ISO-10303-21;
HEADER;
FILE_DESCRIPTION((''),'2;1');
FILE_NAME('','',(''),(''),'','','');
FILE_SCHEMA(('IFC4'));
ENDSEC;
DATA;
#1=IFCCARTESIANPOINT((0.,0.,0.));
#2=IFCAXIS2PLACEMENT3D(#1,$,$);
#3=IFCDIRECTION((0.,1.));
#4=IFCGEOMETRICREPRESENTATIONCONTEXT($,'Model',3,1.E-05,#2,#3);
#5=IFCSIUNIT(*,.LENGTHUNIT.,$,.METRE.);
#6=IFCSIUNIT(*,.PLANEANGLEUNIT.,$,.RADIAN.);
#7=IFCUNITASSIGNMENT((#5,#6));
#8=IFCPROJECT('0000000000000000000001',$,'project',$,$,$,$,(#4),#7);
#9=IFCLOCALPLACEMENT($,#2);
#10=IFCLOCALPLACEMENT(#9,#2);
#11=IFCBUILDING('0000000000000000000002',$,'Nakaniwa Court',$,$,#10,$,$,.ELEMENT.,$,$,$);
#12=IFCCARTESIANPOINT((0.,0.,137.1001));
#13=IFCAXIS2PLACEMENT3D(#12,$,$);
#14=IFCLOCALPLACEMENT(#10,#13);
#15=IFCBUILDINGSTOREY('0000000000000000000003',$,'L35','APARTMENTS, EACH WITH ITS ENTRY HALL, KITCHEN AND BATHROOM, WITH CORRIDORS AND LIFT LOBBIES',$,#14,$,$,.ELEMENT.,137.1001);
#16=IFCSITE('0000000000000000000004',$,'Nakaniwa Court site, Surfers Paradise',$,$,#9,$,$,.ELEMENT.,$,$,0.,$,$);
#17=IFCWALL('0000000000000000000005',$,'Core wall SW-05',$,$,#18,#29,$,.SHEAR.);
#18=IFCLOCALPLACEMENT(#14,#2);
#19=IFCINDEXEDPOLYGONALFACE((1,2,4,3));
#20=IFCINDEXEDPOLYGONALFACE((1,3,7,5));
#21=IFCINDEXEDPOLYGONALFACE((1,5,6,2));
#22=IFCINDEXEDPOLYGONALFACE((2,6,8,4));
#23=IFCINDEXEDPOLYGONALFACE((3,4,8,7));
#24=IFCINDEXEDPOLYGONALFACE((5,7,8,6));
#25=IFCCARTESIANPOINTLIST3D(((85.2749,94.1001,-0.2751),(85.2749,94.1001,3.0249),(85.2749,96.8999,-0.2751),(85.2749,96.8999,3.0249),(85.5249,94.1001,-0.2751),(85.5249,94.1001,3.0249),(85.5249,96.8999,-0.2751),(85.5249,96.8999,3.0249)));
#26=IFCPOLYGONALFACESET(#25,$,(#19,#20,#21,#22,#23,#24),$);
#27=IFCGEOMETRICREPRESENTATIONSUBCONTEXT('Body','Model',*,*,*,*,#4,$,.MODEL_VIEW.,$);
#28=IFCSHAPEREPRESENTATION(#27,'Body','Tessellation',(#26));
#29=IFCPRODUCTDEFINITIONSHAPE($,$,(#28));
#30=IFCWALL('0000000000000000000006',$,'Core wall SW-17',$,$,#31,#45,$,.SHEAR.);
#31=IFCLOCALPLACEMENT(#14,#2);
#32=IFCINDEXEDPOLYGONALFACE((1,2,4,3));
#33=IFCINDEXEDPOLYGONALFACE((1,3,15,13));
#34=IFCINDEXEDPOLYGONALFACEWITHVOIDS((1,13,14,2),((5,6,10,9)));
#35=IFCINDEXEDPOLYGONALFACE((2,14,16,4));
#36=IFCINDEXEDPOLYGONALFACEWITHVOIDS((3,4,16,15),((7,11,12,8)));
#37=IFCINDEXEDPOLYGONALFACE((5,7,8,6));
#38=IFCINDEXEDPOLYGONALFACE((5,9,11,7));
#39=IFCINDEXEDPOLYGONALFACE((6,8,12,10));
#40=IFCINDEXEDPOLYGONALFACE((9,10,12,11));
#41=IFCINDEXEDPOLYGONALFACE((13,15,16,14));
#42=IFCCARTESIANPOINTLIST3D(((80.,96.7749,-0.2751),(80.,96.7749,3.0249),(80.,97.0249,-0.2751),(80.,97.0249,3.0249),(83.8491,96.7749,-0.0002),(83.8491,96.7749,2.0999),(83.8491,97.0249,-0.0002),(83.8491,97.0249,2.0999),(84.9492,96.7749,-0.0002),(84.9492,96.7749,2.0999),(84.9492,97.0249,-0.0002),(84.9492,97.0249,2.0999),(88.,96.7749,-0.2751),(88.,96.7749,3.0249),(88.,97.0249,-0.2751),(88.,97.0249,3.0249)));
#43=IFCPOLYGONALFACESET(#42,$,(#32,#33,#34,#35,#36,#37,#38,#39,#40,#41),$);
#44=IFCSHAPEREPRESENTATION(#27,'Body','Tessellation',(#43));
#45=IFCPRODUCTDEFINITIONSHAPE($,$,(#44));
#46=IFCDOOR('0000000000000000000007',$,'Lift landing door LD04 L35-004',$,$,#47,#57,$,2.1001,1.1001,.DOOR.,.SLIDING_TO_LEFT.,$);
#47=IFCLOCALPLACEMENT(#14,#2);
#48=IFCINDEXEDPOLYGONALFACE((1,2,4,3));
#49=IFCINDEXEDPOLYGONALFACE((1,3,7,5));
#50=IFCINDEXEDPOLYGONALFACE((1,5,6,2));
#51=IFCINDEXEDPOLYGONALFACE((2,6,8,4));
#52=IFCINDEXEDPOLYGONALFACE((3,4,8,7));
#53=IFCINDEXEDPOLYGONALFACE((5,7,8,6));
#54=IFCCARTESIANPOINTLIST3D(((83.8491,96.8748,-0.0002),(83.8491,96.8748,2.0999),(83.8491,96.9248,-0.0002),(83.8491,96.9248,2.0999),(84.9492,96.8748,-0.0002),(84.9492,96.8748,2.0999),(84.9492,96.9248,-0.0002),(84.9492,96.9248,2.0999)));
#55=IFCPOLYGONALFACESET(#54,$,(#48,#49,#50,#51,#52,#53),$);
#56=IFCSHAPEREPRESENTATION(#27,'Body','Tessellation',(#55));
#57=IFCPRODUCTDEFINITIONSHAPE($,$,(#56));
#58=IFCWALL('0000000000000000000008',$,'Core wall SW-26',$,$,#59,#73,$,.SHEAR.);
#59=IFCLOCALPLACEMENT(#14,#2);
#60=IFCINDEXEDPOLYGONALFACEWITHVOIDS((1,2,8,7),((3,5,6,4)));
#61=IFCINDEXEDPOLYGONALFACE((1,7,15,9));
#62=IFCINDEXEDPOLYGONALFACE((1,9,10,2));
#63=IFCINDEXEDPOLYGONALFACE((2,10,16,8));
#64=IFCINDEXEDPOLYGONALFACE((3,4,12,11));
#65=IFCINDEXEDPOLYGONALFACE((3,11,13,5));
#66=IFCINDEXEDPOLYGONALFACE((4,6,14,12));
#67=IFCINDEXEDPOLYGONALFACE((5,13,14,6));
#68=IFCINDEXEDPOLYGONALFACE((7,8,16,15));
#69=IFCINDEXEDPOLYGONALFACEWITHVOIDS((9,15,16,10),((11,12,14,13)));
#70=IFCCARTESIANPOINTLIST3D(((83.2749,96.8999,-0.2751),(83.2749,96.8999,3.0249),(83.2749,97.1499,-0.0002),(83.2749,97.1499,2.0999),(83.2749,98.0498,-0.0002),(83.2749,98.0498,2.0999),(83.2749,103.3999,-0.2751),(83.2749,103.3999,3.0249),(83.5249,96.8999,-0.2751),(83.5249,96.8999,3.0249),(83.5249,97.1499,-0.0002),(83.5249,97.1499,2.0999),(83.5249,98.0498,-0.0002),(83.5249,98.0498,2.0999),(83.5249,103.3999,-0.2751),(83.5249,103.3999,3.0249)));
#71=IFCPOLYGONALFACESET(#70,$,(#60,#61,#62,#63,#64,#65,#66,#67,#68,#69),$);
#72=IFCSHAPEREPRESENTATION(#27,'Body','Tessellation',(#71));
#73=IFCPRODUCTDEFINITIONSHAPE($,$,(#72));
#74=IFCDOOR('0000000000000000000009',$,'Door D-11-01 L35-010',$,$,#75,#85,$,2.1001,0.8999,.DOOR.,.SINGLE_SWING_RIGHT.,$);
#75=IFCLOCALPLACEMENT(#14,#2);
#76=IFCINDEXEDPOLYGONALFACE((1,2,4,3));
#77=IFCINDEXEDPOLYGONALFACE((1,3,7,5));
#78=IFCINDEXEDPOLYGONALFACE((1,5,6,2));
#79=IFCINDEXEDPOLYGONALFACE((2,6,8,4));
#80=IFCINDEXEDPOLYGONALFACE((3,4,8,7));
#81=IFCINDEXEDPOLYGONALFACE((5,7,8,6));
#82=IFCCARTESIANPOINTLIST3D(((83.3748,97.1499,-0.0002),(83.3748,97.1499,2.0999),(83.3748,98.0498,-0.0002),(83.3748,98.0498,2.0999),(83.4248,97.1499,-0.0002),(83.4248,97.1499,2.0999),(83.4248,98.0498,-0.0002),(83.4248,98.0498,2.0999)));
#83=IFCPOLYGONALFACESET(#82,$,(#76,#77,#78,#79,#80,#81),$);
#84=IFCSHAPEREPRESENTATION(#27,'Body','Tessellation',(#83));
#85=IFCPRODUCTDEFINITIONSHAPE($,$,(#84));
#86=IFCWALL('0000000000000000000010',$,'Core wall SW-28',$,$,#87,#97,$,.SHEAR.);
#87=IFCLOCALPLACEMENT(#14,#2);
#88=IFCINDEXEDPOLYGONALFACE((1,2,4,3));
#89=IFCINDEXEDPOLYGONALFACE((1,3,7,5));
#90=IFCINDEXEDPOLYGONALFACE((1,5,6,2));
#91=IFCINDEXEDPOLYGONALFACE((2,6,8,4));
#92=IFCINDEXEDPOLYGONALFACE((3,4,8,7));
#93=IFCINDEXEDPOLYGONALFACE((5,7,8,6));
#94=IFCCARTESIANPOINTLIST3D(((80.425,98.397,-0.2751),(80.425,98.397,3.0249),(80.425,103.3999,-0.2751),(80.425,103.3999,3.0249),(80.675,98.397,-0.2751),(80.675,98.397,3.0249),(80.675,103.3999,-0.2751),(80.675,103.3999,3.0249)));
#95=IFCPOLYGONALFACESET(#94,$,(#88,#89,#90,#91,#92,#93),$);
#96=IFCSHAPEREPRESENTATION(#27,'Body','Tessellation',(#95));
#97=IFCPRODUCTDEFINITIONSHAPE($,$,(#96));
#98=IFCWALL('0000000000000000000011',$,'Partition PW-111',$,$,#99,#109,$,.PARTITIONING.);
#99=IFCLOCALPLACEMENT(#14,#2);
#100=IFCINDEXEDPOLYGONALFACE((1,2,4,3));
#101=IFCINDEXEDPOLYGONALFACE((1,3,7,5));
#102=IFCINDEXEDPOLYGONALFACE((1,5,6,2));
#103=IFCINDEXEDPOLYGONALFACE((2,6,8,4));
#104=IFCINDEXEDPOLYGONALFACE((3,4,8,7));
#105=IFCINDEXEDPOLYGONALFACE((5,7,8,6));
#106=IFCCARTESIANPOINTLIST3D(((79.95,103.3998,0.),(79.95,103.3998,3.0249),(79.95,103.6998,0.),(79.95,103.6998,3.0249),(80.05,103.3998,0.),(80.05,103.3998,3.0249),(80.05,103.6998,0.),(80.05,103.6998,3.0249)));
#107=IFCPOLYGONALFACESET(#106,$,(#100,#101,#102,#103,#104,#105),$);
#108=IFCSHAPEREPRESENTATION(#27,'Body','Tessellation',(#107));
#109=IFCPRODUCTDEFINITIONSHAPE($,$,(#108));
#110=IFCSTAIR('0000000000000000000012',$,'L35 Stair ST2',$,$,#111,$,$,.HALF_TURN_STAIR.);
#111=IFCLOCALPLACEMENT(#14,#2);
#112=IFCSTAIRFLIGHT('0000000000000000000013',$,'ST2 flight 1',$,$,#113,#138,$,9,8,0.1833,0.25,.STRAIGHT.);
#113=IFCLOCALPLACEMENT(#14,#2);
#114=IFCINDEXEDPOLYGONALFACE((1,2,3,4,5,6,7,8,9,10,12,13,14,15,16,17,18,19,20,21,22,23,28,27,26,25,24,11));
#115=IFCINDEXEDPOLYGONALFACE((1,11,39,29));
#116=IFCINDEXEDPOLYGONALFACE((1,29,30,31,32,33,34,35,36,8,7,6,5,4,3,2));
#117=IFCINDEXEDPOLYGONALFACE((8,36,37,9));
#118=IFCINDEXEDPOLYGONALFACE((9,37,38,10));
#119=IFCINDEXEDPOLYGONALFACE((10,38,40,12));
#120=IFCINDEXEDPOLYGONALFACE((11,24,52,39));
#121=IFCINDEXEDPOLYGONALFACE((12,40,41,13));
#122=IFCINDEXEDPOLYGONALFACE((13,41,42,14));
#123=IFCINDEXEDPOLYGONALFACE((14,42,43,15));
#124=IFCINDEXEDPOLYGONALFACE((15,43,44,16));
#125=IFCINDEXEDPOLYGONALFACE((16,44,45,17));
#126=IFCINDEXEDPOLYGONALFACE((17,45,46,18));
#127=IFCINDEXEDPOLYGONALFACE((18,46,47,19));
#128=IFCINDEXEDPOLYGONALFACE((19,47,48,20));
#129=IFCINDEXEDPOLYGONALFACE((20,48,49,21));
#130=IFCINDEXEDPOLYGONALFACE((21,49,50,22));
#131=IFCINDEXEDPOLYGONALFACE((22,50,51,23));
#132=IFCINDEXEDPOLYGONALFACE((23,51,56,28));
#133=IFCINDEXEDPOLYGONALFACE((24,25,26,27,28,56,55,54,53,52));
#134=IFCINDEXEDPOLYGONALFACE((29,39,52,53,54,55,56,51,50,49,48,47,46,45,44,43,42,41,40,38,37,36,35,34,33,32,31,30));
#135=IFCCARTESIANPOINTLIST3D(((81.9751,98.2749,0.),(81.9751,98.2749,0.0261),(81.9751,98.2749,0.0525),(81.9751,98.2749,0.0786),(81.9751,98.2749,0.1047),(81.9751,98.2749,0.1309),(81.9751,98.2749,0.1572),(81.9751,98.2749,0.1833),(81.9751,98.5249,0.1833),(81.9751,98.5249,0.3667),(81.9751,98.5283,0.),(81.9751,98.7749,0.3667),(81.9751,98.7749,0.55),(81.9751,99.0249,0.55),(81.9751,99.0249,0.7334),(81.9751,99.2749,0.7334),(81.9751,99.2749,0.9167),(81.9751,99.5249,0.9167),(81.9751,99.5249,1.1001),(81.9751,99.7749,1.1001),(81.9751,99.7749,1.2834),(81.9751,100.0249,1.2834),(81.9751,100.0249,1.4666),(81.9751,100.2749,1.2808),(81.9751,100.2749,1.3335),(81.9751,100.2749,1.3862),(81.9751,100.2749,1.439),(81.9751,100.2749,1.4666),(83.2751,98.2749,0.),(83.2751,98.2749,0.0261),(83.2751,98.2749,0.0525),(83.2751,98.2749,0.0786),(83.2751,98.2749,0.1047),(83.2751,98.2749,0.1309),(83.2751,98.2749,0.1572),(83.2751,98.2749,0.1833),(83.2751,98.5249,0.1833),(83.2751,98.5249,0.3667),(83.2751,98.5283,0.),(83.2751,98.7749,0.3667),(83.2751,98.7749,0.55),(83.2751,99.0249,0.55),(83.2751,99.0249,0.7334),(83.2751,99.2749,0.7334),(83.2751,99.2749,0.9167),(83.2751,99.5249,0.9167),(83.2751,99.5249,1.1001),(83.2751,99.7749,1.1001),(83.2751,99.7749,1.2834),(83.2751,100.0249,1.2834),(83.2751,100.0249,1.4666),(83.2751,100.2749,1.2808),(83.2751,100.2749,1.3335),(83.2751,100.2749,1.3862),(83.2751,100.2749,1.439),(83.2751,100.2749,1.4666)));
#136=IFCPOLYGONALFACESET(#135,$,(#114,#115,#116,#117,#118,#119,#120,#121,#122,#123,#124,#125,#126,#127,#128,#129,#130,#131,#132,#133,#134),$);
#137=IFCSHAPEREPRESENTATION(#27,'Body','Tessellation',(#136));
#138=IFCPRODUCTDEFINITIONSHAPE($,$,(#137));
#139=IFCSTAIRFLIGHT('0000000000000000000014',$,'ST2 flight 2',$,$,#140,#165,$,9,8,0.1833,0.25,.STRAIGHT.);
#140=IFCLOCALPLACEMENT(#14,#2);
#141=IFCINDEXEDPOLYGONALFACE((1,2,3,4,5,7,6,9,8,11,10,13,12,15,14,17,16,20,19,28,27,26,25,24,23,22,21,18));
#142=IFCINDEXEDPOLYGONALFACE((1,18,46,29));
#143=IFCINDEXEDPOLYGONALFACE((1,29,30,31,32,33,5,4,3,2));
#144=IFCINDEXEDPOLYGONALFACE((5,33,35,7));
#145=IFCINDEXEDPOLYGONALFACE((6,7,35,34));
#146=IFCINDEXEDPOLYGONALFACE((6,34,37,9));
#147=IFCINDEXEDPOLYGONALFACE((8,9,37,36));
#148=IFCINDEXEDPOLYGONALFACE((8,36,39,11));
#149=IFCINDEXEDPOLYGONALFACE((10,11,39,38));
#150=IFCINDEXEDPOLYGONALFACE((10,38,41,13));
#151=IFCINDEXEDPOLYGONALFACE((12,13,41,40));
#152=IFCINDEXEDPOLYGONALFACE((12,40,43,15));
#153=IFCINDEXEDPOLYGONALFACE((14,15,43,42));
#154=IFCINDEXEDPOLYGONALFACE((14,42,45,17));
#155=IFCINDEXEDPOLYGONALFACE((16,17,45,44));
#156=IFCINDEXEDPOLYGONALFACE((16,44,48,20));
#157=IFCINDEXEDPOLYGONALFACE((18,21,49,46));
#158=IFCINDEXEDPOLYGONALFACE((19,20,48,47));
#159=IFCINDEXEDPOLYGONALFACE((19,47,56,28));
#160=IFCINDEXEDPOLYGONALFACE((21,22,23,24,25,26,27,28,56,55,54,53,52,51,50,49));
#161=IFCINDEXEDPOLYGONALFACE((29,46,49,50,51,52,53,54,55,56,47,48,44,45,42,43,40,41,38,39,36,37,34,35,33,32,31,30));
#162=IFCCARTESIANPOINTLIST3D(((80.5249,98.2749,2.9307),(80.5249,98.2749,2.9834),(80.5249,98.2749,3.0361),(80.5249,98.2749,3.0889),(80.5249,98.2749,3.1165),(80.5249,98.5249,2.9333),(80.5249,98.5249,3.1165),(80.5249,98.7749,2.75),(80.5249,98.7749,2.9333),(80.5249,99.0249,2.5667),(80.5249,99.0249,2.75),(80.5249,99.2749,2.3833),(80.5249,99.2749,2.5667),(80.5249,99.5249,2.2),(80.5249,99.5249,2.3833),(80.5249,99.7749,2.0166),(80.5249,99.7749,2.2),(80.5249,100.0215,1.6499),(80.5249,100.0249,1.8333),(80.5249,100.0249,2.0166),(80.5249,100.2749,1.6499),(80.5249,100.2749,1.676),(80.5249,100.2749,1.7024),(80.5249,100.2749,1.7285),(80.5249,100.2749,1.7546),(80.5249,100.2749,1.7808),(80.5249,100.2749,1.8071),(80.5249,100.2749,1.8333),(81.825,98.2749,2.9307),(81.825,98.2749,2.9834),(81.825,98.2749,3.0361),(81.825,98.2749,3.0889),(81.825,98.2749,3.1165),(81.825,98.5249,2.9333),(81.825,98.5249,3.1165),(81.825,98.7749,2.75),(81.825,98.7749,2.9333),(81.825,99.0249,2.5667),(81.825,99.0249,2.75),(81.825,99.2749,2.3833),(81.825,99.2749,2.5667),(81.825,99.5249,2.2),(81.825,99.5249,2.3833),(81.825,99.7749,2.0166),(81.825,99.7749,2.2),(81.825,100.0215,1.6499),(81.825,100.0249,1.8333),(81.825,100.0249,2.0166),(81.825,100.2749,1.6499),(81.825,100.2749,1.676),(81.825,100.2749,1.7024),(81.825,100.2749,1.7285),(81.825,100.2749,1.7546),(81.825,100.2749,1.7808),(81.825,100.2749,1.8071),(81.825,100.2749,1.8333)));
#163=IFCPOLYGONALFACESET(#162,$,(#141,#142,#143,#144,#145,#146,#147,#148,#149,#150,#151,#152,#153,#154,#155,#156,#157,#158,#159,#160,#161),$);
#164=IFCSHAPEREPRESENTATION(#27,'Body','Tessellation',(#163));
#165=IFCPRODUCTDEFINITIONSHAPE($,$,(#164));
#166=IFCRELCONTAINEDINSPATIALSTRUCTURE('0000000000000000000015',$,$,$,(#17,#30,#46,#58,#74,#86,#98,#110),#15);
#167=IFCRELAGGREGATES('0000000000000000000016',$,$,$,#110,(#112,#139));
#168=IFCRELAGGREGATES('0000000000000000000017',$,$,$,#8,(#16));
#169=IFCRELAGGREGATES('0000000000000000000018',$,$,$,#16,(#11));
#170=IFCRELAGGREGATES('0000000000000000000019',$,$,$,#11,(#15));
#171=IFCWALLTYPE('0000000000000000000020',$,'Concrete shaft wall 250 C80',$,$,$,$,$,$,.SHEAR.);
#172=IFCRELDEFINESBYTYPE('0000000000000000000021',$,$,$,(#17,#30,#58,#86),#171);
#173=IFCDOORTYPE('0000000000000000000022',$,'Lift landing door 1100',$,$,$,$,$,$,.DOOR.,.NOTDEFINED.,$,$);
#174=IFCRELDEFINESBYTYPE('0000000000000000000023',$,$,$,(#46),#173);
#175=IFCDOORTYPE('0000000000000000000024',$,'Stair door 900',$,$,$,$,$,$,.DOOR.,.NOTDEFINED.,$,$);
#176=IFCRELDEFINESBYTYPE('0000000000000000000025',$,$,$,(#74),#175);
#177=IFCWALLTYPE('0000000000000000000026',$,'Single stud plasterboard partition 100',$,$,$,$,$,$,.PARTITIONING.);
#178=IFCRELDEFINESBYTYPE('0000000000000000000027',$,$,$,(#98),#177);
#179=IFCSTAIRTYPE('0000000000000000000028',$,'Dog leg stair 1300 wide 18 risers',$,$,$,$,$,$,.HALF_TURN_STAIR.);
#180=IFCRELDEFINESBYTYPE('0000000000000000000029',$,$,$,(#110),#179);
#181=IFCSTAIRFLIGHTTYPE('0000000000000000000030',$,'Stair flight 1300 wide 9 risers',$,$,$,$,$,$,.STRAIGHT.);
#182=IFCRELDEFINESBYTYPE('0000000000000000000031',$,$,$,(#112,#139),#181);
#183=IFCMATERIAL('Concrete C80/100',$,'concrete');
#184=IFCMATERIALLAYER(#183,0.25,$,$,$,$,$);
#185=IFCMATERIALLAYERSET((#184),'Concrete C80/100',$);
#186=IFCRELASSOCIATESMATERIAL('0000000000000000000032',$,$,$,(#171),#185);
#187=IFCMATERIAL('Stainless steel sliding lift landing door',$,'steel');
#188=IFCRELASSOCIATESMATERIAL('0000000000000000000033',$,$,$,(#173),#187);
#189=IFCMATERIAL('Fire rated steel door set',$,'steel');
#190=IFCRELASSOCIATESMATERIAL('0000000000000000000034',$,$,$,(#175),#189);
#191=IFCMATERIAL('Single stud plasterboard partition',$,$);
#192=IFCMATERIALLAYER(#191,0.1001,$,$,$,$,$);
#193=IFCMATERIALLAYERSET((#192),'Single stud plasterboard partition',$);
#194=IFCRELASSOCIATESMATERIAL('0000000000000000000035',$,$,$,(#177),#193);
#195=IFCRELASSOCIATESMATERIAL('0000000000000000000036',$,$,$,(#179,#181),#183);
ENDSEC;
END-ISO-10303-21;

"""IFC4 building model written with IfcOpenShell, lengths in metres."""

from ifc_helpers import new_model, si_unit, direction, frame, frame_2d, origin, place, context, subcontext, project, spatial, polyline, rectangle, outline, extrude, material, layer, layer_set, type_object, element, fill, aggregate, save


model = new_model("IFC4")

# Units and contexts
model_context = context("Model", 3, precision=1e-05, world=origin(), true_north=direction((0.0, 1.0)))
body_context = subcontext(model_context, "Body", "Model", "MODEL_VIEW")
ifc_project = project(units=[si_unit("LENGTHUNIT", "METRE"), si_unit("PLANEANGLEUNIT", "RADIAN")], contexts=[model_context])

# Site, building, storey
site_placement = place(None, origin())
site = spatial("IfcSite", under=ifc_project, at=site_placement, Name="Nakaniwa Court site, Surfers Paradise", CompositionType="ELEMENT", RefElevation=0.0)
building_placement = place(site_placement, origin())
building = spatial("IfcBuilding", under=site, at=building_placement, Name="Nakaniwa Court", CompositionType="ELEMENT")
storey_placement = place(building_placement, frame((0.0, 0.0, 137.1001)))
storey = spatial("IfcBuildingStorey", under=building, at=storey_placement, Name="L35", Description="APARTMENTS, EACH WITH ITS ENTRY HALL, KITCHEN AND BATHROOM, WITH CORRIDORS AND LIFT LOBBIES", CompositionType="ELEMENT", Elevation=137.1001)

# Shared definitions
ifc_material_1 = material(Name="Fire rated steel door set", Category="steel")

# Shared definitions
ifc_material_2 = material(Name="Concrete C80/100", Category="concrete")

# Wall
ifc_layer_1 = layer(ifc_material_2, 0.25)
ifc_layer_set_1 = layer_set([ifc_layer_1], Name="Concrete C80/100")
wall_type_1 = type_object("IfcWallType", Name="Concrete shaft wall 250 C80", PredefinedType="SHEAR", material=ifc_layer_set_1)
wall_1_placement = place(storey_placement, frame((85.3999, 94.1001, -0.2751), z_axis=(0.0, 0.0, 1.0), x_axis=(0.0, 1.0, 0.0)))
element("IfcWall", 1, at=wall_1_placement, inside=storey, type_object=wall_type_1, Name="Core wall SW-05", PredefinedType="SHEAR", context=body_context, shape_type="SweptSolid", body=[
    extrude(rectangle(XDim=2.7998, YDim=0.25, at=frame_2d((1.3999, 0.0))), origin(), (0.0, 0.0, 1.0), 3.3),
])

# Walls, openings, doors
wall_2_placement = place(storey_placement, frame((80.0, 96.8999, -0.2751), z_axis=(0.0, 0.0, 1.0), x_axis=(1.0, 0.0, 0.0)))
wall_2 = element("IfcWall", 2, at=wall_2_placement, inside=storey, type_object=wall_type_1, Name="Core wall SW-17", PredefinedType="SHEAR", context=body_context, shape_type="SweptSolid", body=[
    extrude(rectangle(XDim=8.0, YDim=0.25, at=frame_2d((4.0, 0.0))), origin(), (0.0, 0.0, 1.0), 3.3),
])
opening_1_placement = place(wall_2_placement, frame((3.8491, 0.0, 0.2749)))
opening_1 = element("IfcOpeningElement", 3, at=opening_1_placement, cuts=wall_2, PredefinedType="OPENING", context=body_context, shape_type="SweptSolid", body=[
    extrude(rectangle(XDim=1.1001, YDim=2.1001, at=frame_2d((0.55, 1.05))), frame((0.0, 0.135, 0.0), z_axis=(0.0, -1.0, 0.0), x_axis=(1.0, 0.0, 0.0)), (0.0, 0.0, 1.0), 0.27),
])
ifc_material_3 = material(Name="Stainless steel sliding lift landing door", Category="steel")
door_type_1 = type_object("IfcDoorType", Name="Lift landing door 1100", OperationType="NOTDEFINED", PredefinedType="DOOR", material=ifc_material_3)
door_1_placement = place(opening_1_placement, origin())
door_1 = element("IfcDoor", 4, at=door_1_placement, inside=storey, type_object=door_type_1, Name="Lift landing door LD04 L35-004", OperationType="SLIDING_TO_LEFT", OverallHeight=2.1001, OverallWidth=1.1001, PredefinedType="DOOR", context=body_context, shape_type="SweptSolid", body=[
    extrude(rectangle(XDim=1.1001, YDim=2.1001, at=frame_2d((0.55, 1.05))), frame((0.0, 0.0249, 0.0), z_axis=(0.0, -1.0, 0.0), x_axis=(1.0, 0.0, 0.0)), (0.0, 0.0, 1.0), 0.05),
])
fill(opening_1, door_1)
wall_3_placement = place(storey_placement, frame((83.3999, 103.3999, -0.2751), z_axis=(0.0, 0.0, 1.0), x_axis=(0.0, -1.0, 0.0)))
wall_3 = element("IfcWall", 5, at=wall_3_placement, inside=storey, type_object=wall_type_1, Name="Core wall SW-26", PredefinedType="SHEAR", context=body_context, shape_type="SweptSolid", body=[
    extrude(rectangle(XDim=6.5, YDim=0.25, at=frame_2d((3.25, 0.0))), origin(), (0.0, 0.0, 1.0), 3.3),
])
opening_2_placement = place(wall_3_placement, frame((5.3501, 0.0, 0.2749)))
opening_2 = element("IfcOpeningElement", 6, at=opening_2_placement, cuts=wall_3, PredefinedType="OPENING", context=body_context, shape_type="SweptSolid", body=[
    extrude(rectangle(XDim=0.8999, YDim=2.1001, at=frame_2d((0.45, 1.05))), frame((0.0, 0.135, 0.0), z_axis=(0.0, -1.0, 0.0), x_axis=(1.0, 0.0, 0.0)), (0.0, 0.0, 1.0), 0.27),
])
door_type_2 = type_object("IfcDoorType", Name="Stair door 900", OperationType="NOTDEFINED", PredefinedType="DOOR", material=ifc_material_1)
door_2_placement = place(opening_2_placement, origin())
door_2 = element("IfcDoor", 7, at=door_2_placement, inside=storey, type_object=door_type_2, Name="Door D-11-01 L35-010", OperationType="SINGLE_SWING_RIGHT", OverallHeight=2.1001, OverallWidth=0.8999, PredefinedType="DOOR", context=body_context, shape_type="SweptSolid", body=[
    extrude(rectangle(XDim=0.8999, YDim=2.1001, at=frame_2d((0.45, 1.05))), frame((0.0, 0.0249, 0.0), z_axis=(0.0, -1.0, 0.0), x_axis=(1.0, 0.0, 0.0)), (0.0, 0.0, 1.0), 0.05),
])
fill(opening_2, door_2)

# Walls
wall_4_placement = place(storey_placement, frame((80.55, 98.397, -0.2751), z_axis=(0.0, 0.0, 1.0), x_axis=(0.0, 1.0, 0.0)))
element("IfcWall", 8, at=wall_4_placement, inside=storey, type_object=wall_type_1, Name="Core wall SW-28", PredefinedType="SHEAR", context=body_context, shape_type="SweptSolid", body=[
    extrude(rectangle(XDim=5.0029, YDim=0.25, at=frame_2d((2.5015, 0.0))), origin(), (0.0, 0.0, 1.0), 3.3),
])
ifc_material_4 = material(Name="Single stud plasterboard partition")
ifc_layer_2 = layer(ifc_material_4, 0.1001)
ifc_layer_set_2 = layer_set([ifc_layer_2], Name="Single stud plasterboard partition")
wall_type_2 = type_object("IfcWallType", Name="Single stud plasterboard partition 100", PredefinedType="PARTITIONING", material=ifc_layer_set_2)
wall_5_placement = place(storey_placement, frame((80.0, 103.3999, 0.0), z_axis=(0.0, 0.0, 1.0), x_axis=(0.0, 1.0, 0.0)))
element("IfcWall", 9, at=wall_5_placement, inside=storey, type_object=wall_type_2, Name="Partition PW-111", PredefinedType="PARTITIONING", context=body_context, shape_type="SweptSolid", body=[
    extrude(rectangle(XDim=0.3, YDim=0.1001, at=frame_2d((0.1499, 0.0))), origin(), (0.0, 0.0, 1.0), 3.0249),
])

# Stair, stair flights
stair_type = type_object("IfcStairType", Name="Dog leg stair 1300 wide 18 risers", PredefinedType="HALF_TURN_STAIR", material=ifc_material_2)
stair_placement = place(storey_placement, origin())
stair = element("IfcStair", 10, at=stair_placement, inside=storey, type_object=stair_type, Name="L35 Stair ST2", PredefinedType="HALF_TURN_STAIR")
stair_flight_type = type_object("IfcStairFlightType", Name="Stair flight 1300 wide 9 risers", PredefinedType="STRAIGHT", material=ifc_material_2)
stair_flight_1_placement = place(storey_placement, frame((82.625, 98.2749, 0.0), z_axis=(0.0, 0.0, 1.0), x_axis=(0.0, 1.0, 0.0)))
stair_flight_1 = element("IfcStairFlight", 11, at=stair_flight_1_placement, type_object=stair_flight_type, Name="ST2 flight 1", NumberOfRisers=9, NumberOfTreads=8, PredefinedType="STRAIGHT", RiserHeight=0.1833, TreadLength=0.25, context=body_context, shape_type="SweptSolid", body=[
    extrude(outline(polyline([(0.0, 0.0), (0.0, 0.0261), (0.0, 0.0525), (0.0, 0.0786), (0.0, 0.1047), (0.0, 0.1309), (0.0, 0.1572), (0.0, 0.1833), (0.25, 0.1833), (0.25, 0.3667), (0.5, 0.3667), (0.5, 0.55), (0.75, 0.55), (0.75, 0.7334), (1.0, 0.7334), (1.0, 0.9167), (1.25, 0.9167), (1.25, 1.1001), (1.5, 1.1001), (1.5, 1.2834), (1.75, 1.2834), (1.75, 1.4666), (2.0, 1.4666), (2.0, 1.6499), (2.0, 1.5972), (2.0, 1.5444), (2.0, 1.4917), (2.0, 1.439), (2.0, 1.3862), (2.0, 1.3335), (2.0, 1.2808), (0.2534, 0.0), (0.0, 0.0)])), frame((0.0, 0.6499, 0.0), z_axis=(0.0, -1.0, 0.0), x_axis=(1.0, 0.0, 0.0)), (0.0, 0.0, 1.0), 1.3),
])
stair_flight_2_placement = place(storey_placement, frame((81.175, 100.2749, 1.6499), z_axis=(0.0, 0.0, 1.0), x_axis=(0.0, -1.0, 0.0)))
stair_flight_2 = element("IfcStairFlight", 12, at=stair_flight_2_placement, type_object=stair_flight_type, Name="ST2 flight 2", NumberOfRisers=9, NumberOfTreads=8, PredefinedType="STRAIGHT", RiserHeight=0.1833, TreadLength=0.25, context=body_context, shape_type="SweptSolid", body=[
    extrude(outline(polyline([(0.0, 0.0), (0.0, 0.0261), (0.0, 0.0525), (0.0, 0.0786), (0.0, 0.1047), (0.0, 0.1309), (0.0, 0.1572), (0.0, 0.1833), (0.25, 0.1833), (0.25, 0.3667), (0.5, 0.3667), (0.5, 0.55), (0.75, 0.55), (0.75, 0.7334), (1.0, 0.7334), (1.0, 0.9167), (1.25, 0.9167), (1.25, 1.1001), (1.5, 1.1001), (1.5, 1.2834), (1.75, 1.2834), (1.75, 1.4666), (2.0, 1.4666), (2.0, 1.6499), (2.0, 1.5972), (2.0, 1.5444), (2.0, 1.4917), (2.0, 1.439), (2.0, 1.3862), (2.0, 1.3335), (2.0, 1.2808), (0.2534, 0.0), (0.0, 0.0)])), frame((0.0, 0.6499, 0.0), z_axis=(0.0, -1.0, 0.0), x_axis=(1.0, 0.0, 0.0)), (0.0, 0.0, 1.0), 1.3),
])
aggregate(stair, [stair_flight_1, stair_flight_2])

save(model, "model.ifc")
